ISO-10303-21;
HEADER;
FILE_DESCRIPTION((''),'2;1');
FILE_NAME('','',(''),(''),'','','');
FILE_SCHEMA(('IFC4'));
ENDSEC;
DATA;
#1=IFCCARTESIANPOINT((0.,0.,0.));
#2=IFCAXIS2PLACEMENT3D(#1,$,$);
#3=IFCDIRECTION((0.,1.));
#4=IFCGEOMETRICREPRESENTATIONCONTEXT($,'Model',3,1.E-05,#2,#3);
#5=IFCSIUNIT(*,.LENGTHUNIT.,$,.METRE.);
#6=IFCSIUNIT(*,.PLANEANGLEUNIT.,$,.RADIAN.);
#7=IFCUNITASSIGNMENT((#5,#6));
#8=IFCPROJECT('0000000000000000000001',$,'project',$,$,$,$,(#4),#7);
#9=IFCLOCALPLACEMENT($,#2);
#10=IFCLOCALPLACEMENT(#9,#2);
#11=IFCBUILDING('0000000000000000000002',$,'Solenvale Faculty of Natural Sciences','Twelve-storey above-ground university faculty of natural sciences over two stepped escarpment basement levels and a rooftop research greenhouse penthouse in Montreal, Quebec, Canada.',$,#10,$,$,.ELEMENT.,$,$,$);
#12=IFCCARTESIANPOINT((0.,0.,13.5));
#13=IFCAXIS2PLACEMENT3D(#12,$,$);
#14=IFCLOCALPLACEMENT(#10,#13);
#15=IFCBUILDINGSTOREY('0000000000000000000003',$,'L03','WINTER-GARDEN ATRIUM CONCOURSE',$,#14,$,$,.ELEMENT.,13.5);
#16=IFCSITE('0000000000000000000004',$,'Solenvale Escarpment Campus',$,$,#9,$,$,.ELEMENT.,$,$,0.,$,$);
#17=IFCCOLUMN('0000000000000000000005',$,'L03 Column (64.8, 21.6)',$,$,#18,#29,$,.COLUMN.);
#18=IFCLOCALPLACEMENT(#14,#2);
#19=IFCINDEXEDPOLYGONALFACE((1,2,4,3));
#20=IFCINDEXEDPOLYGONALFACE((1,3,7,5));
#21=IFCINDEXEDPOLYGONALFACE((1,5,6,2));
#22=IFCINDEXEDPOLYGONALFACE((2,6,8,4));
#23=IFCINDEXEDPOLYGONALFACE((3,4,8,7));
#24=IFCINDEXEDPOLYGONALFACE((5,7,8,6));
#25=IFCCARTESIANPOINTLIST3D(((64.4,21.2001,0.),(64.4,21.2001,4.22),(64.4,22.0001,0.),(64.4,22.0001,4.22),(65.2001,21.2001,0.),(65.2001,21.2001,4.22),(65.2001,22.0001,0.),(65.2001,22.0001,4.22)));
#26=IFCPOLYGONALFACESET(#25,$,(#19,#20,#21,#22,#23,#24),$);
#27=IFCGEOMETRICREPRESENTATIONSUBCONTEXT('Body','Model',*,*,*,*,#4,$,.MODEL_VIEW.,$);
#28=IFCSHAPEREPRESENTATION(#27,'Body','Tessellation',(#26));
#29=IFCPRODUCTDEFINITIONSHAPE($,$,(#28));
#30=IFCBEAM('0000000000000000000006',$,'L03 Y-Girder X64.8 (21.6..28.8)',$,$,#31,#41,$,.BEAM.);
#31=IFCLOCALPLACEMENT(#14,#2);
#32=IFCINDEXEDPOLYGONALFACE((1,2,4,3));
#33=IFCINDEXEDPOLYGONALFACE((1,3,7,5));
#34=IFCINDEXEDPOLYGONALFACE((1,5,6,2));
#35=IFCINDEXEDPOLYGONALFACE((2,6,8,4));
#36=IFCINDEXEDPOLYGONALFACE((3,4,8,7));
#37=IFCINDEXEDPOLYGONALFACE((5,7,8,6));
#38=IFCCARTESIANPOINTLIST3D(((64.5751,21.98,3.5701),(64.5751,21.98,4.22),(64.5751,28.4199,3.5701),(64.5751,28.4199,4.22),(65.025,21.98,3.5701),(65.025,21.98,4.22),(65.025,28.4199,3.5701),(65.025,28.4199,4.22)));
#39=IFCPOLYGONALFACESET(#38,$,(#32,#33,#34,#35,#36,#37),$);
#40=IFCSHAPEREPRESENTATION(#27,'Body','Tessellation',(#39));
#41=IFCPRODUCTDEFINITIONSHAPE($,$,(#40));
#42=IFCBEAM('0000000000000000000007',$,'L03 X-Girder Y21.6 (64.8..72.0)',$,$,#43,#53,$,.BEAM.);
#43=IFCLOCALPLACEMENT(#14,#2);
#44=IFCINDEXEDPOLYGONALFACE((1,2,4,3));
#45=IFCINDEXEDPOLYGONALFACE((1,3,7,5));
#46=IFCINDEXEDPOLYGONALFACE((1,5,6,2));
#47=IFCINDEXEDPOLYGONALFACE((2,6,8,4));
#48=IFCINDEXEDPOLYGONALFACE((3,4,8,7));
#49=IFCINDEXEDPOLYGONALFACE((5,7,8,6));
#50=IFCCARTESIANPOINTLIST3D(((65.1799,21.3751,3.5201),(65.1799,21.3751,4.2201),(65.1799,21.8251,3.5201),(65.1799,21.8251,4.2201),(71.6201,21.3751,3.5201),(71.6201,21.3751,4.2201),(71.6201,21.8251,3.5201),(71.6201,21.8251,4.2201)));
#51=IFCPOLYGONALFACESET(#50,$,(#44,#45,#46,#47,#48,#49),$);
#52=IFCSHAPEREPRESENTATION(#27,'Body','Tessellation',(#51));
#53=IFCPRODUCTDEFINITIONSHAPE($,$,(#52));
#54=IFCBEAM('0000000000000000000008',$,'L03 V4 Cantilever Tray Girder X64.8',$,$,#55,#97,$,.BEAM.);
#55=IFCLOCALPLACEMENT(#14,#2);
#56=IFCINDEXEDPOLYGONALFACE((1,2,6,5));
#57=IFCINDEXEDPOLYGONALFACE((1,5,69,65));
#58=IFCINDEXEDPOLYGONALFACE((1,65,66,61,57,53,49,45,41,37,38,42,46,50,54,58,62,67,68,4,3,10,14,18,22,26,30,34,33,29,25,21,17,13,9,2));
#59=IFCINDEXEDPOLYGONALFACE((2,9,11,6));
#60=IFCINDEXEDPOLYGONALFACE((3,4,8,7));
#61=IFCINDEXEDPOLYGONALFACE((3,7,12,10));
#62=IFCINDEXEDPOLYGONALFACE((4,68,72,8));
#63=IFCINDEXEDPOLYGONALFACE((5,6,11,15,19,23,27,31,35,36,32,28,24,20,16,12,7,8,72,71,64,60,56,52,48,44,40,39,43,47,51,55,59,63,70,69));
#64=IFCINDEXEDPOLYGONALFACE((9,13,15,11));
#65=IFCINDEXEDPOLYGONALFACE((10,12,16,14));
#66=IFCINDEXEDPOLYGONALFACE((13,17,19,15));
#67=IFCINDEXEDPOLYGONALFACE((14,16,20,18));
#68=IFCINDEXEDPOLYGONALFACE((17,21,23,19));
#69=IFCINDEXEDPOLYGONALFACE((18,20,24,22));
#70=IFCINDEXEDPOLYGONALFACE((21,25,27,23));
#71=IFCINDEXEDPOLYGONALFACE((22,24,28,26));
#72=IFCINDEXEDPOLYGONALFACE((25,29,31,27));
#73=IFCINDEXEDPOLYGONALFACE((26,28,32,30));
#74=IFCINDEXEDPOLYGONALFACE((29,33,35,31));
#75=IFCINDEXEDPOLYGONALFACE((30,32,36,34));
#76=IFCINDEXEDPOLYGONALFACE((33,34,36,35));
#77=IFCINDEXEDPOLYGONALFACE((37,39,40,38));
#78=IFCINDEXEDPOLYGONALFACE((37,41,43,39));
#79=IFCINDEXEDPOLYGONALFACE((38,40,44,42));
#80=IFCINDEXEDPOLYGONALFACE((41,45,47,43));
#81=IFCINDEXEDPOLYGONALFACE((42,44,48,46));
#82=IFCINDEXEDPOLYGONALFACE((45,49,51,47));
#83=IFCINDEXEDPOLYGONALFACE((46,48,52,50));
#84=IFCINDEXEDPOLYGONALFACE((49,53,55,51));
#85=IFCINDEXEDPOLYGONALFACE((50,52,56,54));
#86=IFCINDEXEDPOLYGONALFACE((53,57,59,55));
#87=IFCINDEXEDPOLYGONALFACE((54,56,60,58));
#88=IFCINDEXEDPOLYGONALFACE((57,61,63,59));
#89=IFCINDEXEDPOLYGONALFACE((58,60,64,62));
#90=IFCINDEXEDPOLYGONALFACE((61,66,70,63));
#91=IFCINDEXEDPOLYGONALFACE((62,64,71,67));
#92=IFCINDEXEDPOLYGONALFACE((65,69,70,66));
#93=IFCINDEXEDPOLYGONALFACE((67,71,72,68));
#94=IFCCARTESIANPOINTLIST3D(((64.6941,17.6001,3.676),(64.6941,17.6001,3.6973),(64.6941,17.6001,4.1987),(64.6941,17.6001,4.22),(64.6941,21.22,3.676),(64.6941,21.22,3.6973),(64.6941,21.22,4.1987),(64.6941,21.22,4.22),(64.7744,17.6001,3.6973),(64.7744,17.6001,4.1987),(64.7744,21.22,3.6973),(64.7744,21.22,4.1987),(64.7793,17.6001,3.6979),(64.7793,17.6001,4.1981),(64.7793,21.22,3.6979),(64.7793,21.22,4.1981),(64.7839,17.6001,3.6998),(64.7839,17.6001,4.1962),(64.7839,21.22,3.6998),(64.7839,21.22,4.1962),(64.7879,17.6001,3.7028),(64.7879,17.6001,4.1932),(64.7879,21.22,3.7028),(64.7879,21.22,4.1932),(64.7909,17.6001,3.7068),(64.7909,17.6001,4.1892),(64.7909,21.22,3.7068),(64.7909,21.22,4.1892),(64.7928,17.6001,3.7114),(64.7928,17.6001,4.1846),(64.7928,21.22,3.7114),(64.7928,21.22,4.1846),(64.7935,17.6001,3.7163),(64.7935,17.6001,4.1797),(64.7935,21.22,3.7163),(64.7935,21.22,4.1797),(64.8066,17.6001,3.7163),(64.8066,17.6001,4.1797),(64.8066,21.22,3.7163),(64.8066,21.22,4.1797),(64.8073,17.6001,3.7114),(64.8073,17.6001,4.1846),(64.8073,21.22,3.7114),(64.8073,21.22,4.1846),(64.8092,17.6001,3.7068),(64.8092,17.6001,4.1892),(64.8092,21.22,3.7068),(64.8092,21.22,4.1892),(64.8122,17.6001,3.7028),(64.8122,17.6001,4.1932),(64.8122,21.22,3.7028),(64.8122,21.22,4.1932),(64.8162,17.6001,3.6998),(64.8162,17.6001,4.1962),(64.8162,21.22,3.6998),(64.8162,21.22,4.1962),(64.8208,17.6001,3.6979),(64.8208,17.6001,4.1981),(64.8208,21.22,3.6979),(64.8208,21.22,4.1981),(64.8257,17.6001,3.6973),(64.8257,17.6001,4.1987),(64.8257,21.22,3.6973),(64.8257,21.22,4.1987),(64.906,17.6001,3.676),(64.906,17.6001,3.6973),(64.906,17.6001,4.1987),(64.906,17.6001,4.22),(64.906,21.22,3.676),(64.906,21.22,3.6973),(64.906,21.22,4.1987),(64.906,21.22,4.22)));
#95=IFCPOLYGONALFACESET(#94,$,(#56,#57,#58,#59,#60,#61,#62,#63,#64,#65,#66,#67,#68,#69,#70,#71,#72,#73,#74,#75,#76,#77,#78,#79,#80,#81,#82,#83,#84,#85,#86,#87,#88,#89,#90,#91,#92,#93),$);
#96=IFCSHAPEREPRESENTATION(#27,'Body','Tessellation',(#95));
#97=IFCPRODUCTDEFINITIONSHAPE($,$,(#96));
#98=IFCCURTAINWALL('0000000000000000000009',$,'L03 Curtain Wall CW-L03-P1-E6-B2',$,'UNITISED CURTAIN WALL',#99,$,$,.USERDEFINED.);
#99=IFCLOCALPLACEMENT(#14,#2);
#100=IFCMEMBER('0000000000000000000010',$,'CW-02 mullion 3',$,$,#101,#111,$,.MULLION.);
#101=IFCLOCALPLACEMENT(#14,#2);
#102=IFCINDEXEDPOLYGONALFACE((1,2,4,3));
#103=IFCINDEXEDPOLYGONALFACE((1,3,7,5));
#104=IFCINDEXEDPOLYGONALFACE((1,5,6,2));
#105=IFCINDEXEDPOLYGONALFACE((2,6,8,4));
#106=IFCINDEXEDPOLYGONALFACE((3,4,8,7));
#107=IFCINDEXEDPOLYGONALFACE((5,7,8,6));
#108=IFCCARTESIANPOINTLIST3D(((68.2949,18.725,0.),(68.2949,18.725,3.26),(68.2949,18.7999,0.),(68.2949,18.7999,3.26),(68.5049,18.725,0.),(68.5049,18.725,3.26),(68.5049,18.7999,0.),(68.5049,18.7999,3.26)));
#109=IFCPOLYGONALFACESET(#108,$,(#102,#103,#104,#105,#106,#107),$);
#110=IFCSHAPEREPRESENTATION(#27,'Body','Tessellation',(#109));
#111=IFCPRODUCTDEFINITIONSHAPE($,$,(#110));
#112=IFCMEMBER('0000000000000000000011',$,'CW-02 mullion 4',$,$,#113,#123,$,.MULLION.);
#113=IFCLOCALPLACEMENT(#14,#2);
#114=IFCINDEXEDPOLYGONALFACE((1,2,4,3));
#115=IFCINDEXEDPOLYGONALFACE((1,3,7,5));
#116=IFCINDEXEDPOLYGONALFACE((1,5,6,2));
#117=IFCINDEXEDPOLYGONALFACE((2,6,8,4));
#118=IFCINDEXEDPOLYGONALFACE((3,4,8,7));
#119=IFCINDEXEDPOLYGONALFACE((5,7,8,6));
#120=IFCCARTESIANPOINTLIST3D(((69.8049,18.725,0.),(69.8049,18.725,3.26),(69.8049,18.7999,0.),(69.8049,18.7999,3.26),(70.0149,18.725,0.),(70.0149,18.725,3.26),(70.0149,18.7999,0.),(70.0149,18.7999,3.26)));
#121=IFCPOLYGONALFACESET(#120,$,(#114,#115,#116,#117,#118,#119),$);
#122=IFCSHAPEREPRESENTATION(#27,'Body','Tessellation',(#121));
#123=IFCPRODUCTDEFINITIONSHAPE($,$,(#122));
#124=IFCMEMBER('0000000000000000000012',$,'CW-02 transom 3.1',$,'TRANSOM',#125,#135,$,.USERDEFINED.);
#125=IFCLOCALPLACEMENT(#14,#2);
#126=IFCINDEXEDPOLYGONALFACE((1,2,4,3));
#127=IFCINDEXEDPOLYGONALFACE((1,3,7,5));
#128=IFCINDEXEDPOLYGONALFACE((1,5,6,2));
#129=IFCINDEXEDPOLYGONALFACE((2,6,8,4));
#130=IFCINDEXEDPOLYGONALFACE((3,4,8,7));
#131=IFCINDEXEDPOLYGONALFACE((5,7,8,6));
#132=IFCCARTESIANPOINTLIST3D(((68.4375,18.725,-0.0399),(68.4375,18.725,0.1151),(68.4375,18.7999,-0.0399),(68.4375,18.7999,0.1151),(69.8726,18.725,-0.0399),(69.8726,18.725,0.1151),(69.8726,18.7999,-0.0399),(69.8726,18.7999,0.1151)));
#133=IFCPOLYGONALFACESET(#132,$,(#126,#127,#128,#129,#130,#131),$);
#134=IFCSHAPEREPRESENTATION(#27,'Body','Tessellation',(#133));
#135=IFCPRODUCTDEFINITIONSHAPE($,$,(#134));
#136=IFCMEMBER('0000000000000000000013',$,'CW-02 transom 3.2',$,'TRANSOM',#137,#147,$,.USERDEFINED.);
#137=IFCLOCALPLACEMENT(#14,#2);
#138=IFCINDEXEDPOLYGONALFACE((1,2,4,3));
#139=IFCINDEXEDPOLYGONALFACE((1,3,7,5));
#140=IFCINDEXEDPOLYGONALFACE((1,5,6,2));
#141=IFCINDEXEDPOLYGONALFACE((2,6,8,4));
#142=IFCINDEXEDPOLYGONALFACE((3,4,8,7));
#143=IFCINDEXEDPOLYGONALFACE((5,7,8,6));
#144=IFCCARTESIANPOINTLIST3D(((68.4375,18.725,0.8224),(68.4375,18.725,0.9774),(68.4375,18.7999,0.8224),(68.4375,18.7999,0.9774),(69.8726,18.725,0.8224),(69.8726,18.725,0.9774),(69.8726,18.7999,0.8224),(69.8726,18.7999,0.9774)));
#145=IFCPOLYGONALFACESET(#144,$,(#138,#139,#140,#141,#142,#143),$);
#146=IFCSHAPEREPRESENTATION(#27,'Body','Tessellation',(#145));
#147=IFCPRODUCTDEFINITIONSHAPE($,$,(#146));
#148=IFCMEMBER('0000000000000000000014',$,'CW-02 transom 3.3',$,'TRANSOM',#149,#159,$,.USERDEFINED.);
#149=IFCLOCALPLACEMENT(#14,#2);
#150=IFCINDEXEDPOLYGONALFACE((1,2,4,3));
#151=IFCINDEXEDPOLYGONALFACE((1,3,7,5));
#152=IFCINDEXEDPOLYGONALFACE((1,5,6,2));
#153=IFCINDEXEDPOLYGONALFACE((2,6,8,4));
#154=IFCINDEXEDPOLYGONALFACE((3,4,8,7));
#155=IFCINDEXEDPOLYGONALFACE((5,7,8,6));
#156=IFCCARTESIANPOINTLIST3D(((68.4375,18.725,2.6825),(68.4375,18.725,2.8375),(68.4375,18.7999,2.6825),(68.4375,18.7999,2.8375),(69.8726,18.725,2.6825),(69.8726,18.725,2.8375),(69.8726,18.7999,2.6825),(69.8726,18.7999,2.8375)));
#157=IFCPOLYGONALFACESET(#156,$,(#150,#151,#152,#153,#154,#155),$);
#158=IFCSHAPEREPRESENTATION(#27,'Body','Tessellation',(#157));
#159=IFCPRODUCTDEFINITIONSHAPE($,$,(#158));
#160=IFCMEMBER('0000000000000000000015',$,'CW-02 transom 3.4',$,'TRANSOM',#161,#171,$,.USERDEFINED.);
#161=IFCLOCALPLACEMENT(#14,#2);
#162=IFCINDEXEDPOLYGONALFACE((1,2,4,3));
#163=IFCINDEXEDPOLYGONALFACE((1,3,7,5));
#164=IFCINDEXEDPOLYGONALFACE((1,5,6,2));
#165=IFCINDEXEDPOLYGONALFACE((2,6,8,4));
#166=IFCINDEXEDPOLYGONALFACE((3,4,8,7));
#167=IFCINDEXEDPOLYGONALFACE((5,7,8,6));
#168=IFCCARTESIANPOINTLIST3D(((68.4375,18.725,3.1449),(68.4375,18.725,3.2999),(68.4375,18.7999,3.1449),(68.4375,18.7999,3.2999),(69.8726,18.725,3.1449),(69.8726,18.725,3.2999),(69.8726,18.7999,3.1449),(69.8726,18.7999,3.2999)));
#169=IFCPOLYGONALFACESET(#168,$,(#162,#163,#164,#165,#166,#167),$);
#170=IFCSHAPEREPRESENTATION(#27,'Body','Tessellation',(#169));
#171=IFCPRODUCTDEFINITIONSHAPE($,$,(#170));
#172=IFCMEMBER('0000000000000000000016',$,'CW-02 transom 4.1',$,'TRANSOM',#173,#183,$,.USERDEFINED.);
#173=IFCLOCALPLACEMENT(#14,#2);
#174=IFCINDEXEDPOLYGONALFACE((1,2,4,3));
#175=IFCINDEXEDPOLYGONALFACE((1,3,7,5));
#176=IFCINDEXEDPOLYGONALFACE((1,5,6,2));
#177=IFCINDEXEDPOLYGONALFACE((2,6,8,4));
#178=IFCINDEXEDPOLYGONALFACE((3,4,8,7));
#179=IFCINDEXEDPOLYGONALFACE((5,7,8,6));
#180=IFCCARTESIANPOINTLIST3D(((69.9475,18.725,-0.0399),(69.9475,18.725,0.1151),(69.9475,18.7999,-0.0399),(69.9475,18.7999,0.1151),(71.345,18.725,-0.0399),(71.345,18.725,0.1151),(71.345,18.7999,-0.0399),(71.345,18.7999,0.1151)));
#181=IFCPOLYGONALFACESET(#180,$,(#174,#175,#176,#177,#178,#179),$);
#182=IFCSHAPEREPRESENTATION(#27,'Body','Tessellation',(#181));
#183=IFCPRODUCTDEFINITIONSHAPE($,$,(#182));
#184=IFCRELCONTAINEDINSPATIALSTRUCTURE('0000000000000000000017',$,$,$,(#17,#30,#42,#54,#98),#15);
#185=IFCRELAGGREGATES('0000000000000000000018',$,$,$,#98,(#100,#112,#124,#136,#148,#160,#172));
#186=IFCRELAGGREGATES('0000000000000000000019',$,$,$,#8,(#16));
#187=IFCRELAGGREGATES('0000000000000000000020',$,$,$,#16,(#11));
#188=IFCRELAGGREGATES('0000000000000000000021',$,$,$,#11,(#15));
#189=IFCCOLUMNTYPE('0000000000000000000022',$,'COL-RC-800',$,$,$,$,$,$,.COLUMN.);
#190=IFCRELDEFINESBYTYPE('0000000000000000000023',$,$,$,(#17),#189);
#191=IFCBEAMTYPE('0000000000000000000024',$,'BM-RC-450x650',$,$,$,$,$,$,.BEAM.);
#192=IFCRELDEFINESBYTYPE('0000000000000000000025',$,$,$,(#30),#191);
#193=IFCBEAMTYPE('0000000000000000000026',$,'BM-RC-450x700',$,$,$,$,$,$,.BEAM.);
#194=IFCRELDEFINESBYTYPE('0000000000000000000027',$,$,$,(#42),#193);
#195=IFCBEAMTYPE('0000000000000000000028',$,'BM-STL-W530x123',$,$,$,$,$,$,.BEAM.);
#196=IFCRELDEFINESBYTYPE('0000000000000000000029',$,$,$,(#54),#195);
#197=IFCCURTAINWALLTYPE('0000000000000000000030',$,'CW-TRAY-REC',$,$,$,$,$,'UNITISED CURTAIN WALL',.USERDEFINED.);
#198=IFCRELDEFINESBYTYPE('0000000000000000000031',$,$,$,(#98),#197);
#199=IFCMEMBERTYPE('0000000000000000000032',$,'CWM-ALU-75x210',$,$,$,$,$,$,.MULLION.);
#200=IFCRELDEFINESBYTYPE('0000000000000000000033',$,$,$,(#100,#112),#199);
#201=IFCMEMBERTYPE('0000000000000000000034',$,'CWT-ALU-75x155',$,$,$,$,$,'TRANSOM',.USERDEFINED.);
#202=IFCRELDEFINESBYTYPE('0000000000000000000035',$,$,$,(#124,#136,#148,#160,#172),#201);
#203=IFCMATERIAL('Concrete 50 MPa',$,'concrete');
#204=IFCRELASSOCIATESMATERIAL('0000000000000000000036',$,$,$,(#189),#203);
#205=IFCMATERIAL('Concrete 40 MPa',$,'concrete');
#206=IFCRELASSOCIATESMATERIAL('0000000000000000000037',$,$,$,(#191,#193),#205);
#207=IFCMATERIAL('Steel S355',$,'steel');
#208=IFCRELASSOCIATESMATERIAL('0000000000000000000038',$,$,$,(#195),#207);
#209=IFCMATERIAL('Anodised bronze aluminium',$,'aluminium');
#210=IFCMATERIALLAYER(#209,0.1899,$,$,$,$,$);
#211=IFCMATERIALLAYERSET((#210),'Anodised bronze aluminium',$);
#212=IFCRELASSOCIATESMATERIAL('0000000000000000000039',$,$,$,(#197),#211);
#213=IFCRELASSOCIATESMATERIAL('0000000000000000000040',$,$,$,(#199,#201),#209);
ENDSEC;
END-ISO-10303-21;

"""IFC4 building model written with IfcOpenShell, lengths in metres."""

from ifc_helpers import new_model, si_unit, direction, frame, origin, origin_2d, place, context, subcontext, project, spatial, rectangle, i_section, extrude, material, layer, layer_set, material_profile, profile_set, type_object, element, aggregate, save


model = new_model("IFC4")

# Units and contexts
model_context = context("Model", 3, precision=1e-05, world=origin(), true_north=direction((0.0, 1.0)))
body_context = subcontext(model_context, "Body", "Model", "MODEL_VIEW")
ifc_project = project(units=[si_unit("LENGTHUNIT", "METRE"), si_unit("PLANEANGLEUNIT", "RADIAN")], contexts=[model_context])

# Site, building, storey
site_placement = place(None, origin())
site = spatial("IfcSite", under=ifc_project, at=site_placement, Name="Solenvale Escarpment Campus", CompositionType="ELEMENT", RefElevation=0.0)
building_placement = place(site_placement, origin())
building = spatial("IfcBuilding", under=site, at=building_placement, Name="Solenvale Faculty of Natural Sciences", Description="Twelve-storey above-ground university faculty of natural sciences over two stepped escarpment basement levels and a rooftop research greenhouse penthouse in Montreal, Quebec, Canada.", CompositionType="ELEMENT")
storey_placement = place(building_placement, frame((0.0, 0.0, 13.5)))
storey = spatial("IfcBuildingStorey", under=building, at=storey_placement, Name="L03", Description="WINTER-GARDEN ATRIUM CONCOURSE", CompositionType="ELEMENT", Elevation=13.5)

# Column
ifc_material_1 = material(Name="Concrete 50 MPa", Category="concrete")
ifc_material_profile_1 = material_profile(ifc_material_1, rectangle(XDim=0.8, YDim=0.8, at=origin_2d()), Name="RC-COL-800x800")
ifc_profile_set_1 = profile_set([ifc_material_profile_1], Name="Concrete 50 MPa")
column_type = type_object("IfcColumnType", Name="COL-RC-800", PredefinedType="COLUMN", material=ifc_profile_set_1)
column_placement = place(storey_placement, frame((64.8, 21.6001, 0.0), z_axis=(0.0, 0.0, 1.0), x_axis=(1.0, 0.0, 0.0)))
element("IfcColumn", 1, at=column_placement, inside=storey, type_object=column_type, Name="L03 Column (64.8, 21.6)", PredefinedType="COLUMN", context=body_context, shape_type="SweptSolid", body=[
    extrude(rectangle(XDim=0.8, YDim=0.8, at=origin_2d()), origin(), (0.0, 0.0, 1.0), 4.22),
])

# Beams
ifc_material_2 = material(Name="Concrete 40 MPa", Category="concrete")
ifc_material_profile_2 = material_profile(ifc_material_2, rectangle(XDim=0.45, YDim=0.6499, at=origin_2d()), Name="RC-BM-450x650")
ifc_profile_set_2 = profile_set([ifc_material_profile_2], Name="Concrete 40 MPa")
beam_type_1 = type_object("IfcBeamType", Name="BM-RC-450x650", PredefinedType="BEAM", material=ifc_profile_set_2)
beam_1_placement = place(storey_placement, frame((64.8, 21.98, 3.895), z_axis=(0.0, 1.0, 0.0), x_axis=(-1.0, 0.0, 0.0)))
element("IfcBeam", 2, at=beam_1_placement, inside=storey, type_object=beam_type_1, Name="L03 Y-Girder X64.8 (21.6..28.8)", PredefinedType="BEAM", context=body_context, shape_type="SweptSolid", body=[
    extrude(rectangle(XDim=0.45, YDim=0.6499, at=origin_2d()), origin(), (0.0, 0.0, 1.0), 6.4399),
])
ifc_material_profile_3 = material_profile(ifc_material_2, rectangle(XDim=0.45, YDim=0.7, at=origin_2d()), Name="RC-BM-450x700")
ifc_profile_set_3 = profile_set([ifc_material_profile_3], Name="Concrete 40 MPa")
beam_type_2 = type_object("IfcBeamType", Name="BM-RC-450x700", PredefinedType="BEAM", material=ifc_profile_set_3)
beam_2_placement = place(storey_placement, frame((65.1799, 21.6001, 3.8701), z_axis=(1.0, 0.0, 0.0), x_axis=(0.0, 1.0, 0.0)))
element("IfcBeam", 3, at=beam_2_placement, inside=storey, type_object=beam_type_2, Name="L03 X-Girder Y21.6 (64.8..72.0)", PredefinedType="BEAM", context=body_context, shape_type="SweptSolid", body=[
    extrude(rectangle(XDim=0.45, YDim=0.7, at=origin_2d()), origin(), (0.0, 0.0, 1.0), 6.4402),
])
ifc_material_3 = material(Name="Steel S355", Category="steel")
ifc_material_profile_4 = material_profile(ifc_material_3, i_section(OverallWidth=0.2119, OverallDepth=0.5439, WebThickness=0.0132, FlangeThickness=0.0212, FilletRadius=0.019, at=origin_2d()), Name="W530x123")
ifc_profile_set_4 = profile_set([ifc_material_profile_4], Name="Steel S355")
beam_type_3 = type_object("IfcBeamType", Name="BM-STL-W530x123", PredefinedType="BEAM", material=ifc_profile_set_4)
beam_3_placement = place(storey_placement, frame((64.8, 21.22, 3.948), z_axis=(0.0, -1.0, 0.0), x_axis=(1.0, 0.0, 0.0)))
element("IfcBeam", 4, at=beam_3_placement, inside=storey, type_object=beam_type_3, Name="L03 V4 Cantilever Tray Girder X64.8", PredefinedType="BEAM", context=body_context, shape_type="SweptSolid", body=[
    extrude(i_section(OverallWidth=0.2119, OverallDepth=0.5439, WebThickness=0.0132, FlangeThickness=0.0212, FilletRadius=0.019, at=origin_2d()), origin(), (0.0, 0.0, 1.0), 3.6199),
])

# Curtain wall, members
ifc_material_4 = material(Name="Anodised bronze aluminium", Category="aluminium")
ifc_layer_1 = layer(ifc_material_4, 0.1899)
ifc_layer_set_1 = layer_set([ifc_layer_1], Name="Anodised bronze aluminium")
curtain_wall_type = type_object("IfcCurtainWallType", Name="CW-TRAY-REC", ElementType="UNITISED CURTAIN WALL", PredefinedType="USERDEFINED", material=ifc_layer_set_1)
curtain_wall_placement = place(storey_placement, origin())
curtain_wall = element("IfcCurtainWall", 5, at=curtain_wall_placement, inside=storey, type_object=curtain_wall_type, Name="L03 Curtain Wall CW-L03-P1-E6-B2", ObjectType="UNITISED CURTAIN WALL", PredefinedType="USERDEFINED")
ifc_material_profile_5 = material_profile(ifc_material_4, rectangle(XDim=0.075, YDim=0.21, at=origin_2d()), Name="ALU-MUL-75x210")
ifc_profile_set_5 = profile_set([ifc_material_profile_5], Name="Anodised bronze aluminium")
member_type_1 = type_object("IfcMemberType", Name="CWM-ALU-75x210", PredefinedType="MULLION", material=ifc_profile_set_5)
member_1_placement = place(storey_placement, frame((68.3999, 18.7625, 0.0), z_axis=(0.0, 0.0, 1.0), x_axis=(0.0, 1.0, 0.0)))
member_1 = element("IfcMember", 6, at=member_1_placement, type_object=member_type_1, Name="CW-02 mullion 3", PredefinedType="MULLION", context=body_context, shape_type="SweptSolid", body=[
    extrude(rectangle(XDim=0.075, YDim=0.21, at=origin_2d()), origin(), (0.0, 0.0, 1.0), 3.26),
])
member_2_placement = place(storey_placement, frame((69.9099, 18.7625, 0.0), z_axis=(0.0, 0.0, 1.0), x_axis=(0.0, 1.0, 0.0)))
member_2 = element("IfcMember", 7, at=member_2_placement, type_object=member_type_1, Name="CW-02 mullion 4", PredefinedType="MULLION", context=body_context, shape_type="SweptSolid", body=[
    extrude(rectangle(XDim=0.075, YDim=0.21, at=origin_2d()), origin(), (0.0, 0.0, 1.0), 3.26),
])
ifc_material_profile_6 = material_profile(ifc_material_4, rectangle(XDim=0.075, YDim=0.155, at=origin_2d()), Name="ALU-TRN-75x155")
ifc_profile_set_6 = profile_set([ifc_material_profile_6], Name="Anodised bronze aluminium")
member_type_2 = type_object("IfcMemberType", Name="CWT-ALU-75x155", ElementType="TRANSOM", PredefinedType="USERDEFINED", material=ifc_profile_set_6)
member_3_placement = place(storey_placement, frame((68.4375, 18.7625, 0.0376), z_axis=(1.0, 0.0, 0.0), x_axis=(0.0, 1.0, 0.0)))
member_3 = element("IfcMember", 8, at=member_3_placement, type_object=member_type_2, Name="CW-02 transom 3.1", ObjectType="TRANSOM", PredefinedType="USERDEFINED", context=body_context, shape_type="SweptSolid", body=[
    extrude(rectangle(XDim=0.075, YDim=0.155, at=origin_2d()), origin(), (0.0, 0.0, 1.0), 1.4351),
])
member_4_placement = place(storey_placement, frame((68.4375, 18.7625, 0.8999), z_axis=(1.0, 0.0, 0.0), x_axis=(0.0, 1.0, 0.0)))
member_4 = element("IfcMember", 9, at=member_4_placement, type_object=member_type_2, Name="CW-02 transom 3.2", ObjectType="TRANSOM", PredefinedType="USERDEFINED", context=body_context, shape_type="SweptSolid", body=[
    extrude(rectangle(XDim=0.075, YDim=0.155, at=origin_2d()), origin(), (0.0, 0.0, 1.0), 1.4351),
])
member_5_placement = place(storey_placement, frame((68.4375, 18.7625, 2.76), z_axis=(1.0, 0.0, 0.0), x_axis=(0.0, 1.0, 0.0)))
member_5 = element("IfcMember", 10, at=member_5_placement, type_object=member_type_2, Name="CW-02 transom 3.3", ObjectType="TRANSOM", PredefinedType="USERDEFINED", context=body_context, shape_type="SweptSolid", body=[
    extrude(rectangle(XDim=0.075, YDim=0.155, at=origin_2d()), origin(), (0.0, 0.0, 1.0), 1.4351),
])
member_6_placement = place(storey_placement, frame((68.4375, 18.7625, 3.2224), z_axis=(1.0, 0.0, 0.0), x_axis=(0.0, 1.0, 0.0)))
member_6 = element("IfcMember", 11, at=member_6_placement, type_object=member_type_2, Name="CW-02 transom 3.4", ObjectType="TRANSOM", PredefinedType="USERDEFINED", context=body_context, shape_type="SweptSolid", body=[
    extrude(rectangle(XDim=0.075, YDim=0.155, at=origin_2d()), origin(), (0.0, 0.0, 1.0), 1.4351),
])
member_7_placement = place(storey_placement, frame((69.9475, 18.7625, 0.0376), z_axis=(1.0, 0.0, 0.0), x_axis=(0.0, 1.0, 0.0)))
member_7 = element("IfcMember", 12, at=member_7_placement, type_object=member_type_2, Name="CW-02 transom 4.1", ObjectType="TRANSOM", PredefinedType="USERDEFINED", context=body_context, shape_type="SweptSolid", body=[
    extrude(rectangle(XDim=0.075, YDim=0.155, at=origin_2d()), origin(), (0.0, 0.0, 1.0), 1.3975),
])
aggregate(curtain_wall, [member_1, member_2, member_3, member_4, member_5, member_6, member_7])

save(model, "model.ifc")
